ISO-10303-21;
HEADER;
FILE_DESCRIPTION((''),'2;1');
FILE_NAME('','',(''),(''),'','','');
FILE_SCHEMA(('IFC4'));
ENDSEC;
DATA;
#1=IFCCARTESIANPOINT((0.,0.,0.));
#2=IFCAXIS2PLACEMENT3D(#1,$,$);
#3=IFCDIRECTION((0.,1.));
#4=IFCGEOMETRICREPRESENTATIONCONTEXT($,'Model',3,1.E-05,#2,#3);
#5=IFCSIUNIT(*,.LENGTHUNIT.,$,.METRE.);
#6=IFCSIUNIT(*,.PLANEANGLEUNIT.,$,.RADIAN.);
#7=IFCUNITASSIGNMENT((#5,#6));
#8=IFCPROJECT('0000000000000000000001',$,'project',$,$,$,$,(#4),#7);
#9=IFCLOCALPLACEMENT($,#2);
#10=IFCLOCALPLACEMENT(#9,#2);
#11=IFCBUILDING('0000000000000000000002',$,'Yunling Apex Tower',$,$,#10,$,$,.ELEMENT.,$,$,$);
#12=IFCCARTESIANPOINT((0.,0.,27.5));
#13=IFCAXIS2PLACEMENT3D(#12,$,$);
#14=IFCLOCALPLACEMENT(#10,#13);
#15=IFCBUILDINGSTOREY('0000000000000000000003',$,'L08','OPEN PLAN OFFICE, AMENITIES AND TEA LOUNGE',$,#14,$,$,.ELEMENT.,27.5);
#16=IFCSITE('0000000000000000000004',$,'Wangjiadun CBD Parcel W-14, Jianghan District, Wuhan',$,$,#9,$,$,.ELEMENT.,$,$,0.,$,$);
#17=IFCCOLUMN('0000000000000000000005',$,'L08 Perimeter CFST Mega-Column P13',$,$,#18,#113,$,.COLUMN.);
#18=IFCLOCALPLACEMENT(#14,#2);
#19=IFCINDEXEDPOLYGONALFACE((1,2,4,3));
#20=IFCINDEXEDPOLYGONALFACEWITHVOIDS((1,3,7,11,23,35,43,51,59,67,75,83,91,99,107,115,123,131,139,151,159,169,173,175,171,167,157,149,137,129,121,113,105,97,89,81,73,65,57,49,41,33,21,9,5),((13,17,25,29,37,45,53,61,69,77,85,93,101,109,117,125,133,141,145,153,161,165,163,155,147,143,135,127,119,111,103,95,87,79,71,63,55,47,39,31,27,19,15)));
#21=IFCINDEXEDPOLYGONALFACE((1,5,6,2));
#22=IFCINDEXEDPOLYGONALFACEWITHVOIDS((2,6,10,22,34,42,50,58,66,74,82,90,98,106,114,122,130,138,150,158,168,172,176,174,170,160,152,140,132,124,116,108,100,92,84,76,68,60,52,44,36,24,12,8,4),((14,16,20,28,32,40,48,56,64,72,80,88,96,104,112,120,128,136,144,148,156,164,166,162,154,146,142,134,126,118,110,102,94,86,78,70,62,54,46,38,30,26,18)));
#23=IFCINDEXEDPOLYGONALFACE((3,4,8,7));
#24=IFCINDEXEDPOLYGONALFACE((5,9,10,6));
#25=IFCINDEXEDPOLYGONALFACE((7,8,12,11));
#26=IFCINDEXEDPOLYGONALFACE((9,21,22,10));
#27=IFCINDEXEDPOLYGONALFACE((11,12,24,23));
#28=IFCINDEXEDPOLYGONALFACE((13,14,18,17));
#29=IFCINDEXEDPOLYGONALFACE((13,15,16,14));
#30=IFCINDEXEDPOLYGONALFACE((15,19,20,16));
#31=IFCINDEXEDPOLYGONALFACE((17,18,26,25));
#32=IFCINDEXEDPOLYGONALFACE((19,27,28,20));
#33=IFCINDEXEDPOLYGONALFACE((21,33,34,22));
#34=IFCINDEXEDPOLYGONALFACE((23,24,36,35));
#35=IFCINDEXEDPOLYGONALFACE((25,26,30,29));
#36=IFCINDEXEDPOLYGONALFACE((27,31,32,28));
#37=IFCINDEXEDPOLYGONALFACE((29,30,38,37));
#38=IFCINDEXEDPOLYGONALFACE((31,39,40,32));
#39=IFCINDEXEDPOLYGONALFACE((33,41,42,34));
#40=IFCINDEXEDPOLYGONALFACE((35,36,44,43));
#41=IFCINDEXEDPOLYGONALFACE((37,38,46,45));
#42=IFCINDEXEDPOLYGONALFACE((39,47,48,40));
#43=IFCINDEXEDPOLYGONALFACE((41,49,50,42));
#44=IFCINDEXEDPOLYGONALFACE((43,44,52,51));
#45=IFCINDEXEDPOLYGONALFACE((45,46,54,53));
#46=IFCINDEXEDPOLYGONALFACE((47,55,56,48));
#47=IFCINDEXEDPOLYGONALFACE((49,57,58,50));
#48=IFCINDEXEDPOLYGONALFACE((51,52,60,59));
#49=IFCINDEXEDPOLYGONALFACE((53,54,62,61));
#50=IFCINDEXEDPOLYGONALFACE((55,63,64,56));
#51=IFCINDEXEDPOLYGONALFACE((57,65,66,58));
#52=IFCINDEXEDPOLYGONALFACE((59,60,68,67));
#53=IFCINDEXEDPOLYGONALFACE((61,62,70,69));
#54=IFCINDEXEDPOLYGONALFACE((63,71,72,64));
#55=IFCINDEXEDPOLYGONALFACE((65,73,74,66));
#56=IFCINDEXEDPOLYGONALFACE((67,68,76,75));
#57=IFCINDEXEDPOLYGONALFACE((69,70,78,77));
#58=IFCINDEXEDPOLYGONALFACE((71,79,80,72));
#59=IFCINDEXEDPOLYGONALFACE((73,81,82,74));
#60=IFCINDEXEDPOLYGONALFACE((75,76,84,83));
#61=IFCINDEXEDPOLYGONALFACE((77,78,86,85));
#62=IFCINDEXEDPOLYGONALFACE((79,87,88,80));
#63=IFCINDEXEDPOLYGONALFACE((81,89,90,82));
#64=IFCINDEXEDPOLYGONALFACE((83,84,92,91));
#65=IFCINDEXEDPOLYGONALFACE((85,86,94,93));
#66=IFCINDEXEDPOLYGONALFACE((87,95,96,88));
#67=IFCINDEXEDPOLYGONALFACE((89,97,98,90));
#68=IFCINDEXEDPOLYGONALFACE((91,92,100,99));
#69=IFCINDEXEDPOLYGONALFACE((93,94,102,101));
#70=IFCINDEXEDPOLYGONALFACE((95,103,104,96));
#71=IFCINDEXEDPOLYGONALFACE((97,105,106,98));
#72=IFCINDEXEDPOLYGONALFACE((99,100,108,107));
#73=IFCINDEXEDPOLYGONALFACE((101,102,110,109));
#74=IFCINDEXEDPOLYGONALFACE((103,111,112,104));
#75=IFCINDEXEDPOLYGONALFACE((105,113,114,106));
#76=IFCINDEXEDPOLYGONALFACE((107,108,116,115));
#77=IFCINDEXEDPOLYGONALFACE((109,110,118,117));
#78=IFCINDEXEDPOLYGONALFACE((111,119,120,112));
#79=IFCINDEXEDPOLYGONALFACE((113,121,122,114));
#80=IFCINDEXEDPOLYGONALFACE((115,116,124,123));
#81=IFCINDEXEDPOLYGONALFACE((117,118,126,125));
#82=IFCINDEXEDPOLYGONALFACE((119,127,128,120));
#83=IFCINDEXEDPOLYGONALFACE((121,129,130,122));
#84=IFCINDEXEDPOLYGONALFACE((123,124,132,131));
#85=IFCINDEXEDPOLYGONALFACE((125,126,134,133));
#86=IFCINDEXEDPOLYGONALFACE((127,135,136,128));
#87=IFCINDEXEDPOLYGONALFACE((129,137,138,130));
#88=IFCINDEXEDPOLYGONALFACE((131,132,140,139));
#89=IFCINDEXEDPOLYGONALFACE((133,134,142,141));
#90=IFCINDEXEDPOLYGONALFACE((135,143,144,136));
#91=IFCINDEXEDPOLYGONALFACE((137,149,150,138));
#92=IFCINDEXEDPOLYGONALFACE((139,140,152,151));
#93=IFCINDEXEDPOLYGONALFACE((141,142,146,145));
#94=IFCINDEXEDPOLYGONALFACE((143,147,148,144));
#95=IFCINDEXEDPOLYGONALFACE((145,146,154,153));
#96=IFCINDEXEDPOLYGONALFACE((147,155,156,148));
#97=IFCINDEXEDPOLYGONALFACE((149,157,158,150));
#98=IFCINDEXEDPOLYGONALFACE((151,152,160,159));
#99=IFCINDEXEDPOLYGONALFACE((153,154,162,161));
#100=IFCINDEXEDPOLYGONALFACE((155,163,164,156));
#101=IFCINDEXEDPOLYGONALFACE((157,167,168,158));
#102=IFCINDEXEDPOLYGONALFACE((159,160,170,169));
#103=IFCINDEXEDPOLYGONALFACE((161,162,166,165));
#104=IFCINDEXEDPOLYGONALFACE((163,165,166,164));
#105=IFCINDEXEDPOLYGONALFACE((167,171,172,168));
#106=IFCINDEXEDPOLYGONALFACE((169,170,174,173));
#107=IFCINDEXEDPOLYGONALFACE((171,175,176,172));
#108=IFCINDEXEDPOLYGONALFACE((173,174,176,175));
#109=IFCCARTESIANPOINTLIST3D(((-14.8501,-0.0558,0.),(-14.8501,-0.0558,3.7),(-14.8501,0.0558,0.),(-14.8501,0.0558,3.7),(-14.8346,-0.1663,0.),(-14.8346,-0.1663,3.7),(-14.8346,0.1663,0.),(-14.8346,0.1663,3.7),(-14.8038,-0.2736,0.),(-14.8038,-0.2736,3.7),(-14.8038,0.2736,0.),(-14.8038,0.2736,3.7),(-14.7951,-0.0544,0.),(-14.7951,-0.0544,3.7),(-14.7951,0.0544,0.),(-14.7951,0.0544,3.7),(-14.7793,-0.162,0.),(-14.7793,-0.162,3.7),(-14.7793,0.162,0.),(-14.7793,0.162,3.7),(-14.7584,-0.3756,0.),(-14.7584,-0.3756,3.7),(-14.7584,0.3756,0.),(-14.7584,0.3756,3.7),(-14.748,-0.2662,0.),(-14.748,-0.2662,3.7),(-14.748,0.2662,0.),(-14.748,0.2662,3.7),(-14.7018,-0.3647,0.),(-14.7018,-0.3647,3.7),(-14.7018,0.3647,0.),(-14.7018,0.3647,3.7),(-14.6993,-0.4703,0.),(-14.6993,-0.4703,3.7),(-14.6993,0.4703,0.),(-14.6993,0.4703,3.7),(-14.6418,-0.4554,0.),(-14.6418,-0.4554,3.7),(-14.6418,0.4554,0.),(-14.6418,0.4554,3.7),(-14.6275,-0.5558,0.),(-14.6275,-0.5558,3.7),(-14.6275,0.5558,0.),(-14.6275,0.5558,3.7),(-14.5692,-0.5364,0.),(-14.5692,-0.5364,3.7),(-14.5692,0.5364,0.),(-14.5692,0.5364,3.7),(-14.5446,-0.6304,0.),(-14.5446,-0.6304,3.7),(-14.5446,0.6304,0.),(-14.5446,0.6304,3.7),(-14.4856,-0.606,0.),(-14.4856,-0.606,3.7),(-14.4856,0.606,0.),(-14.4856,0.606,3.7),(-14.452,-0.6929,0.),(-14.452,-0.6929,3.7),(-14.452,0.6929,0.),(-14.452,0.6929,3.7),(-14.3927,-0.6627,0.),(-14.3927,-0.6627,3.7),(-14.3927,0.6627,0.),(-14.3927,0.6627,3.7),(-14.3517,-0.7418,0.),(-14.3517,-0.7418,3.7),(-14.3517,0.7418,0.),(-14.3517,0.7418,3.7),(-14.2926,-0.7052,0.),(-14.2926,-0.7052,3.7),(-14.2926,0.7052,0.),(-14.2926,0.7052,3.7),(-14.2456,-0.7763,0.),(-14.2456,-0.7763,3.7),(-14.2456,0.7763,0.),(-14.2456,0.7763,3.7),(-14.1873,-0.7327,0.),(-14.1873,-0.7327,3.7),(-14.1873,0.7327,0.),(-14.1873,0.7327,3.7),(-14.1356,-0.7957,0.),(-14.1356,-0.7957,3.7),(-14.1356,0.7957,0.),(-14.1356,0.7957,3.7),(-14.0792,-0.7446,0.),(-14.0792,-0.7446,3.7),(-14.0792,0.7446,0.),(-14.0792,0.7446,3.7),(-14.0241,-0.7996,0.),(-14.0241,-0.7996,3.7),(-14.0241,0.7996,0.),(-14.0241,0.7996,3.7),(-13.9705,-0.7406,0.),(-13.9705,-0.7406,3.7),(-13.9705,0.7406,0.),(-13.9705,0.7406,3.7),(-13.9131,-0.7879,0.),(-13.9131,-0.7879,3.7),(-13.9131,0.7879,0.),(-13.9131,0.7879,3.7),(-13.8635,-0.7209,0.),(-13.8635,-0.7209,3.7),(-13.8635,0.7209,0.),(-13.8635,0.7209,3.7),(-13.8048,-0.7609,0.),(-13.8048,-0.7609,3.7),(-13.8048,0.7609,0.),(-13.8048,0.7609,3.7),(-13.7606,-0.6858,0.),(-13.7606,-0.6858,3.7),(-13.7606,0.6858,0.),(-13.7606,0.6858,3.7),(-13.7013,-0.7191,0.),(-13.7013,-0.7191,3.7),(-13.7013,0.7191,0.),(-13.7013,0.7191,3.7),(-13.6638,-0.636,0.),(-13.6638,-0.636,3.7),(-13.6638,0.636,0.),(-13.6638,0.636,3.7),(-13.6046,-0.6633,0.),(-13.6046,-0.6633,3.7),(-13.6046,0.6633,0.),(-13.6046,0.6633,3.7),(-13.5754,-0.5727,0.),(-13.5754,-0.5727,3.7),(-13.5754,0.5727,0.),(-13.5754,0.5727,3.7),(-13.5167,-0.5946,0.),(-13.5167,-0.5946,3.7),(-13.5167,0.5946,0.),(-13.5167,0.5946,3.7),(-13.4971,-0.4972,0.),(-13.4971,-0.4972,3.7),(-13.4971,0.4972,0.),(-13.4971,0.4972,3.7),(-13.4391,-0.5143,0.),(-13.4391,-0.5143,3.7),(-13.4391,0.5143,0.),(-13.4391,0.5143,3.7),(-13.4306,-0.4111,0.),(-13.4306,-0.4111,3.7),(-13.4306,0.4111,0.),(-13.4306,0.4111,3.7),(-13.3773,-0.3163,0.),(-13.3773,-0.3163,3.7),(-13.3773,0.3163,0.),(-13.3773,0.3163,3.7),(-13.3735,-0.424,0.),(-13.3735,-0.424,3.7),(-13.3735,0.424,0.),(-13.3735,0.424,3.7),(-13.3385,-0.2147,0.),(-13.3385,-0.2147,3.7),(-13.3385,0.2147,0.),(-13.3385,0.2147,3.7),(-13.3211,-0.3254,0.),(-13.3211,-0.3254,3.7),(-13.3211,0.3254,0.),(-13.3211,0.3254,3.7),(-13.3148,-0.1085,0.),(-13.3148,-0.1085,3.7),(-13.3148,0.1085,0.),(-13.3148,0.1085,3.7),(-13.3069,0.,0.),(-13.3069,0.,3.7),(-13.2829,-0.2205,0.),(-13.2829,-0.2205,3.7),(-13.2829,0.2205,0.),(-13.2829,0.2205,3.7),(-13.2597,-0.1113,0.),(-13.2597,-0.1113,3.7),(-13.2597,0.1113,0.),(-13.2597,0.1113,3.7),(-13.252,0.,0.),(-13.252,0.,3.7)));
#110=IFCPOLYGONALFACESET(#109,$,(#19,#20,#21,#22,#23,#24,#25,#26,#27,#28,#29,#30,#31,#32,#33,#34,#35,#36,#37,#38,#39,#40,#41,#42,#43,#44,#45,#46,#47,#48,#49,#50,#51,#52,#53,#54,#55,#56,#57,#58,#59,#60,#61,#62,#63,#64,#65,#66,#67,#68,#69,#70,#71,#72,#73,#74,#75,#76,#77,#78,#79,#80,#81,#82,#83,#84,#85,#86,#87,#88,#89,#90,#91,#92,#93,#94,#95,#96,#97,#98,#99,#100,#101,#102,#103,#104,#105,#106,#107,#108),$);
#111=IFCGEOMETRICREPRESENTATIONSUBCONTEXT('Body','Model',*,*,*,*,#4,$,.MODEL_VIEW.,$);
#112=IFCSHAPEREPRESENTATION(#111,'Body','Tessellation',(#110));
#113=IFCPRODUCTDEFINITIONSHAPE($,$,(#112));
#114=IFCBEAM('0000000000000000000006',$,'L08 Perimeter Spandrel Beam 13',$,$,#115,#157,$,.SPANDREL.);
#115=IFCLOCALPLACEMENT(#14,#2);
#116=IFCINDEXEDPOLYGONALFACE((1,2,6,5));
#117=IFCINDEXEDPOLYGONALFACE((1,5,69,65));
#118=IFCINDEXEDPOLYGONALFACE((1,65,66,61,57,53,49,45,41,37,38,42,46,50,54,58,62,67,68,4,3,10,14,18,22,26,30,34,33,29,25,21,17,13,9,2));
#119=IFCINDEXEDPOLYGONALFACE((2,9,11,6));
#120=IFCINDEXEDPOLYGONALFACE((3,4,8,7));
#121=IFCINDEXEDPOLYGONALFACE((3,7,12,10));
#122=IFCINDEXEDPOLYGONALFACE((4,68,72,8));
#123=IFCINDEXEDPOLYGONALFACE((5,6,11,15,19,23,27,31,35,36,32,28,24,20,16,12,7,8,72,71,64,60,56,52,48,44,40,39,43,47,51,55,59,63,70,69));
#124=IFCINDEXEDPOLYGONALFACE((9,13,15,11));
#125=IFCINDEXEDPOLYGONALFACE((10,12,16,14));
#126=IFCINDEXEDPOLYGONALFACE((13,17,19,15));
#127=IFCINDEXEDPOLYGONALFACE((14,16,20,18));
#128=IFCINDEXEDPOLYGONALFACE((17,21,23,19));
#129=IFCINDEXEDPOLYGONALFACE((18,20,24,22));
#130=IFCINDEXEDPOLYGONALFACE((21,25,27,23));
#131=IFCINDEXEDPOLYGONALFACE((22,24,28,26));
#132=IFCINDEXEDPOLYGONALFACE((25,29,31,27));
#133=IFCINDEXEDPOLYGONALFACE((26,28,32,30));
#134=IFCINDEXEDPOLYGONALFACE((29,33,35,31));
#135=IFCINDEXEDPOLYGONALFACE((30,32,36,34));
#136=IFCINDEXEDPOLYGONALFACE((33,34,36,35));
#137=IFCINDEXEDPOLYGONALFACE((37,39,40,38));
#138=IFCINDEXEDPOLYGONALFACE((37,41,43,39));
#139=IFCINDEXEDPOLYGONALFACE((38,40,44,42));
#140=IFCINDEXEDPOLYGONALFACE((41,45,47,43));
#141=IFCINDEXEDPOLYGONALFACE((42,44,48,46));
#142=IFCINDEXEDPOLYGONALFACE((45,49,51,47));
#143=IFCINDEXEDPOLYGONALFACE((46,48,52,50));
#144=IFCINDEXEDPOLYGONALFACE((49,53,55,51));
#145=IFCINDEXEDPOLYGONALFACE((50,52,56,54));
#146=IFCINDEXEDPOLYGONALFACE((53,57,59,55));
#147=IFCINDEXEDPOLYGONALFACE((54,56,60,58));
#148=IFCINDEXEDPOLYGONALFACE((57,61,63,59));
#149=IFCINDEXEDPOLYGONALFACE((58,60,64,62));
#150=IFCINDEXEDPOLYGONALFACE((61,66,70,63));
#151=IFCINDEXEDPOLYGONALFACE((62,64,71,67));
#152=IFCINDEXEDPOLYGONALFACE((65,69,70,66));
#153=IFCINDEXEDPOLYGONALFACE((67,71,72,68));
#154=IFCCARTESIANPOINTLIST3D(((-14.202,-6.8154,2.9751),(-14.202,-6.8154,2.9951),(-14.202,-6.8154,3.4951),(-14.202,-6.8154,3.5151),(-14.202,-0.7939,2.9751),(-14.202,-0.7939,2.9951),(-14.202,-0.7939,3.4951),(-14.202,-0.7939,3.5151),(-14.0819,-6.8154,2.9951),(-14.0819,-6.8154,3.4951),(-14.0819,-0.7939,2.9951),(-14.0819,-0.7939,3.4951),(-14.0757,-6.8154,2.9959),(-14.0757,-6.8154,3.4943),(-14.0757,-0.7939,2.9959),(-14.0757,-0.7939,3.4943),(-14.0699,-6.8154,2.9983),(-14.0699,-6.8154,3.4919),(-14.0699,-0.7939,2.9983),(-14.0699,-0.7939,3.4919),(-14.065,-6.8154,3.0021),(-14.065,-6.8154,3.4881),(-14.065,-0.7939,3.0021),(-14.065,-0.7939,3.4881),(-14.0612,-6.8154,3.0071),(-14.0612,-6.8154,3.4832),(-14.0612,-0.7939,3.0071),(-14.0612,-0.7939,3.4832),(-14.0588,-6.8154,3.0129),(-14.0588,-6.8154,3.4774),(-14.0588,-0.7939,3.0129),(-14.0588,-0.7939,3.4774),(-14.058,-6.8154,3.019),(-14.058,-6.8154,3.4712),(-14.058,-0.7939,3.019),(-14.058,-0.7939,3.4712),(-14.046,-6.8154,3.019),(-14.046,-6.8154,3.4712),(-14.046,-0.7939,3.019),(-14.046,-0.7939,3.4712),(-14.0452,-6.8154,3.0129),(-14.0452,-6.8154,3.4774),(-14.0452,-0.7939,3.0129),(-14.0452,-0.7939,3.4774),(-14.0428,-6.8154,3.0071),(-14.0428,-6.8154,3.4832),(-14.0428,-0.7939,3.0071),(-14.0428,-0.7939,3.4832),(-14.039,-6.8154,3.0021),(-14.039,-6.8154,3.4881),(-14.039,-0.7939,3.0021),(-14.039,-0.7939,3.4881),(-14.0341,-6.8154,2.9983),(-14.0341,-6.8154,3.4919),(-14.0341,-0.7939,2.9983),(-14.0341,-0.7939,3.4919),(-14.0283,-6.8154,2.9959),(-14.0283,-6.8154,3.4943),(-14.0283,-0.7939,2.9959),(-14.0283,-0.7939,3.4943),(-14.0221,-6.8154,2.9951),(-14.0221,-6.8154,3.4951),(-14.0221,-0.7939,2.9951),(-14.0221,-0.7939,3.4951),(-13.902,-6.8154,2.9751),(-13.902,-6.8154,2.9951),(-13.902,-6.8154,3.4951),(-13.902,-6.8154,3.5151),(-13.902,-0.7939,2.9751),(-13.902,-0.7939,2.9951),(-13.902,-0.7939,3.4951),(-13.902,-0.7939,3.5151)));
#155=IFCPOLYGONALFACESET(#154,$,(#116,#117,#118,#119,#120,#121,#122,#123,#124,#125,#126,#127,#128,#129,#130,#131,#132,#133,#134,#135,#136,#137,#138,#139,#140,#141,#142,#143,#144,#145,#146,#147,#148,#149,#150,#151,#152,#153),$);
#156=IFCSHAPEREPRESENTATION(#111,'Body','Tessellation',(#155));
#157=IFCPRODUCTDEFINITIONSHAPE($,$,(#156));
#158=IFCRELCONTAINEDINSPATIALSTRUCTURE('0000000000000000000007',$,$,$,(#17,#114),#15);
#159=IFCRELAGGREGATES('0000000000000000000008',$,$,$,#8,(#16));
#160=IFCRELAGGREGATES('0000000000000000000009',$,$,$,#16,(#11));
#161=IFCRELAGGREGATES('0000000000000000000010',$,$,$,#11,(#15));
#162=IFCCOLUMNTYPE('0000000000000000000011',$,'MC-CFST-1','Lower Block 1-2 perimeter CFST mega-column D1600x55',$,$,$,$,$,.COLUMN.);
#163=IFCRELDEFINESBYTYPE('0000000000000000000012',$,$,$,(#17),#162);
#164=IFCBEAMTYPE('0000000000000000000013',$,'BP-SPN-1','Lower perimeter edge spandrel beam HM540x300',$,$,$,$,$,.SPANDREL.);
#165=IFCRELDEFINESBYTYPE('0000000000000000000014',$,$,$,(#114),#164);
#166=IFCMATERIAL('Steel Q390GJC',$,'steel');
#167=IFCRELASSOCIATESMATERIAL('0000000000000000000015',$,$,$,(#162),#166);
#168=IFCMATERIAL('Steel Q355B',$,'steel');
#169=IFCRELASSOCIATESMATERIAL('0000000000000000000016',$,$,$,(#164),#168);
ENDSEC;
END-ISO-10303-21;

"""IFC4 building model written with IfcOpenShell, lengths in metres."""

from ifc_helpers import new_model, si_unit, direction, frame, origin, origin_2d, place, context, subcontext, project, spatial, hollow_circle, i_section, extrude, source, transform, mapped, material, material_profile, profile_set, type_object, element, save


model = new_model("IFC4")

# Units and contexts
model_context = context("Model", 3, precision=1e-05, world=origin(), true_north=direction((0.0, 1.0)))
body_context = subcontext(model_context, "Body", "Model", "MODEL_VIEW")
ifc_project = project(units=[si_unit("LENGTHUNIT", "METRE"), si_unit("PLANEANGLEUNIT", "RADIAN")], contexts=[model_context])

# Site, building, storey
site_placement = place(None, origin())
site = spatial("IfcSite", under=ifc_project, at=site_placement, Name="Wangjiadun CBD Parcel W-14, Jianghan District, Wuhan", CompositionType="ELEMENT", RefElevation=0.0)
building_placement = place(site_placement, origin())
building = spatial("IfcBuilding", under=site, at=building_placement, Name="Yunling Apex Tower", CompositionType="ELEMENT")
storey_placement = place(building_placement, frame((0.0, 0.0, 27.5)))
storey = spatial("IfcBuildingStorey", under=building, at=storey_placement, Name="L08", Description="OPEN PLAN OFFICE, AMENITIES AND TEA LOUNGE", CompositionType="ELEMENT", Elevation=27.5)

# Column
ifc_material_1 = material(Name="Steel Q390GJC", Category="steel")
ifc_material_profile_1 = material_profile(ifc_material_1, hollow_circle(Radius=0.8, WallThickness=0.0549, at=origin_2d()))
ifc_profile_set_1 = profile_set([ifc_material_profile_1], Name="Steel Q390GJC")
column_type = type_object("IfcColumnType", Name="MC-CFST-1", Description="Lower Block 1-2 perimeter CFST mega-column D1600x55", PredefinedType="COLUMN", material=ifc_profile_set_1)
shared_shape_1 = source(origin(), body_context, "Body", "SweptSolid", [
    extrude(hollow_circle(Radius=0.8, WallThickness=0.0549, at=origin_2d()), origin(), (0.0, 0.0, 1.0), 3.7),
])
column_placement = place(storey_placement, frame((-14.052, 0.0, 0.0), z_axis=(0.0, 0.0, 1.0), x_axis=(1.0, 0.0, 0.0)))
element("IfcColumn", 1, at=column_placement, inside=storey, type_object=column_type, Name="L08 Perimeter CFST Mega-Column P13", PredefinedType="COLUMN", context=body_context, shape_type="MappedRepresentation", body=[
    mapped(shared_shape_1, transform((0.0, 0.0, 0.0), scale=1.0)),
])

# Beam
ifc_material_2 = material(Name="Steel Q355B", Category="steel")
ifc_material_profile_2 = material_profile(ifc_material_2, i_section(OverallWidth=0.3, OverallDepth=0.54, WebThickness=0.012, FlangeThickness=0.02, FilletRadius=0.0239, at=origin_2d()))
ifc_profile_set_2 = profile_set([ifc_material_profile_2], Name="Steel Q355B")
beam_type_1 = type_object("IfcBeamType", Name="BP-SPN-1", Description="Lower perimeter edge spandrel beam HM540x300", PredefinedType="SPANDREL", material=ifc_profile_set_2)
shared_shape_2 = source(origin(), body_context, "Body", "SweptSolid", [
    extrude(i_section(OverallWidth=0.3, OverallDepth=0.54, WebThickness=0.012, FlangeThickness=0.02, FilletRadius=0.0239, at=origin_2d()), origin(), (0.0, 0.0, 1.0), 6.0215),
])
beam_1_placement = place(storey_placement, frame((-14.052, -0.7939, 3.2451), z_axis=(0.0, -1.0, 0.0), x_axis=(1.0, 0.0, 0.0)))
element("IfcBeam", 2, at=beam_1_placement, inside=storey, type_object=beam_type_1, Name="L08 Perimeter Spandrel Beam 13", PredefinedType="SPANDREL", context=body_context, shape_type="MappedRepresentation", body=[
    mapped(shared_shape_2, transform((0.0, 0.0, 0.0), scale=1.0)),
])

save(model, "model.ifc")
